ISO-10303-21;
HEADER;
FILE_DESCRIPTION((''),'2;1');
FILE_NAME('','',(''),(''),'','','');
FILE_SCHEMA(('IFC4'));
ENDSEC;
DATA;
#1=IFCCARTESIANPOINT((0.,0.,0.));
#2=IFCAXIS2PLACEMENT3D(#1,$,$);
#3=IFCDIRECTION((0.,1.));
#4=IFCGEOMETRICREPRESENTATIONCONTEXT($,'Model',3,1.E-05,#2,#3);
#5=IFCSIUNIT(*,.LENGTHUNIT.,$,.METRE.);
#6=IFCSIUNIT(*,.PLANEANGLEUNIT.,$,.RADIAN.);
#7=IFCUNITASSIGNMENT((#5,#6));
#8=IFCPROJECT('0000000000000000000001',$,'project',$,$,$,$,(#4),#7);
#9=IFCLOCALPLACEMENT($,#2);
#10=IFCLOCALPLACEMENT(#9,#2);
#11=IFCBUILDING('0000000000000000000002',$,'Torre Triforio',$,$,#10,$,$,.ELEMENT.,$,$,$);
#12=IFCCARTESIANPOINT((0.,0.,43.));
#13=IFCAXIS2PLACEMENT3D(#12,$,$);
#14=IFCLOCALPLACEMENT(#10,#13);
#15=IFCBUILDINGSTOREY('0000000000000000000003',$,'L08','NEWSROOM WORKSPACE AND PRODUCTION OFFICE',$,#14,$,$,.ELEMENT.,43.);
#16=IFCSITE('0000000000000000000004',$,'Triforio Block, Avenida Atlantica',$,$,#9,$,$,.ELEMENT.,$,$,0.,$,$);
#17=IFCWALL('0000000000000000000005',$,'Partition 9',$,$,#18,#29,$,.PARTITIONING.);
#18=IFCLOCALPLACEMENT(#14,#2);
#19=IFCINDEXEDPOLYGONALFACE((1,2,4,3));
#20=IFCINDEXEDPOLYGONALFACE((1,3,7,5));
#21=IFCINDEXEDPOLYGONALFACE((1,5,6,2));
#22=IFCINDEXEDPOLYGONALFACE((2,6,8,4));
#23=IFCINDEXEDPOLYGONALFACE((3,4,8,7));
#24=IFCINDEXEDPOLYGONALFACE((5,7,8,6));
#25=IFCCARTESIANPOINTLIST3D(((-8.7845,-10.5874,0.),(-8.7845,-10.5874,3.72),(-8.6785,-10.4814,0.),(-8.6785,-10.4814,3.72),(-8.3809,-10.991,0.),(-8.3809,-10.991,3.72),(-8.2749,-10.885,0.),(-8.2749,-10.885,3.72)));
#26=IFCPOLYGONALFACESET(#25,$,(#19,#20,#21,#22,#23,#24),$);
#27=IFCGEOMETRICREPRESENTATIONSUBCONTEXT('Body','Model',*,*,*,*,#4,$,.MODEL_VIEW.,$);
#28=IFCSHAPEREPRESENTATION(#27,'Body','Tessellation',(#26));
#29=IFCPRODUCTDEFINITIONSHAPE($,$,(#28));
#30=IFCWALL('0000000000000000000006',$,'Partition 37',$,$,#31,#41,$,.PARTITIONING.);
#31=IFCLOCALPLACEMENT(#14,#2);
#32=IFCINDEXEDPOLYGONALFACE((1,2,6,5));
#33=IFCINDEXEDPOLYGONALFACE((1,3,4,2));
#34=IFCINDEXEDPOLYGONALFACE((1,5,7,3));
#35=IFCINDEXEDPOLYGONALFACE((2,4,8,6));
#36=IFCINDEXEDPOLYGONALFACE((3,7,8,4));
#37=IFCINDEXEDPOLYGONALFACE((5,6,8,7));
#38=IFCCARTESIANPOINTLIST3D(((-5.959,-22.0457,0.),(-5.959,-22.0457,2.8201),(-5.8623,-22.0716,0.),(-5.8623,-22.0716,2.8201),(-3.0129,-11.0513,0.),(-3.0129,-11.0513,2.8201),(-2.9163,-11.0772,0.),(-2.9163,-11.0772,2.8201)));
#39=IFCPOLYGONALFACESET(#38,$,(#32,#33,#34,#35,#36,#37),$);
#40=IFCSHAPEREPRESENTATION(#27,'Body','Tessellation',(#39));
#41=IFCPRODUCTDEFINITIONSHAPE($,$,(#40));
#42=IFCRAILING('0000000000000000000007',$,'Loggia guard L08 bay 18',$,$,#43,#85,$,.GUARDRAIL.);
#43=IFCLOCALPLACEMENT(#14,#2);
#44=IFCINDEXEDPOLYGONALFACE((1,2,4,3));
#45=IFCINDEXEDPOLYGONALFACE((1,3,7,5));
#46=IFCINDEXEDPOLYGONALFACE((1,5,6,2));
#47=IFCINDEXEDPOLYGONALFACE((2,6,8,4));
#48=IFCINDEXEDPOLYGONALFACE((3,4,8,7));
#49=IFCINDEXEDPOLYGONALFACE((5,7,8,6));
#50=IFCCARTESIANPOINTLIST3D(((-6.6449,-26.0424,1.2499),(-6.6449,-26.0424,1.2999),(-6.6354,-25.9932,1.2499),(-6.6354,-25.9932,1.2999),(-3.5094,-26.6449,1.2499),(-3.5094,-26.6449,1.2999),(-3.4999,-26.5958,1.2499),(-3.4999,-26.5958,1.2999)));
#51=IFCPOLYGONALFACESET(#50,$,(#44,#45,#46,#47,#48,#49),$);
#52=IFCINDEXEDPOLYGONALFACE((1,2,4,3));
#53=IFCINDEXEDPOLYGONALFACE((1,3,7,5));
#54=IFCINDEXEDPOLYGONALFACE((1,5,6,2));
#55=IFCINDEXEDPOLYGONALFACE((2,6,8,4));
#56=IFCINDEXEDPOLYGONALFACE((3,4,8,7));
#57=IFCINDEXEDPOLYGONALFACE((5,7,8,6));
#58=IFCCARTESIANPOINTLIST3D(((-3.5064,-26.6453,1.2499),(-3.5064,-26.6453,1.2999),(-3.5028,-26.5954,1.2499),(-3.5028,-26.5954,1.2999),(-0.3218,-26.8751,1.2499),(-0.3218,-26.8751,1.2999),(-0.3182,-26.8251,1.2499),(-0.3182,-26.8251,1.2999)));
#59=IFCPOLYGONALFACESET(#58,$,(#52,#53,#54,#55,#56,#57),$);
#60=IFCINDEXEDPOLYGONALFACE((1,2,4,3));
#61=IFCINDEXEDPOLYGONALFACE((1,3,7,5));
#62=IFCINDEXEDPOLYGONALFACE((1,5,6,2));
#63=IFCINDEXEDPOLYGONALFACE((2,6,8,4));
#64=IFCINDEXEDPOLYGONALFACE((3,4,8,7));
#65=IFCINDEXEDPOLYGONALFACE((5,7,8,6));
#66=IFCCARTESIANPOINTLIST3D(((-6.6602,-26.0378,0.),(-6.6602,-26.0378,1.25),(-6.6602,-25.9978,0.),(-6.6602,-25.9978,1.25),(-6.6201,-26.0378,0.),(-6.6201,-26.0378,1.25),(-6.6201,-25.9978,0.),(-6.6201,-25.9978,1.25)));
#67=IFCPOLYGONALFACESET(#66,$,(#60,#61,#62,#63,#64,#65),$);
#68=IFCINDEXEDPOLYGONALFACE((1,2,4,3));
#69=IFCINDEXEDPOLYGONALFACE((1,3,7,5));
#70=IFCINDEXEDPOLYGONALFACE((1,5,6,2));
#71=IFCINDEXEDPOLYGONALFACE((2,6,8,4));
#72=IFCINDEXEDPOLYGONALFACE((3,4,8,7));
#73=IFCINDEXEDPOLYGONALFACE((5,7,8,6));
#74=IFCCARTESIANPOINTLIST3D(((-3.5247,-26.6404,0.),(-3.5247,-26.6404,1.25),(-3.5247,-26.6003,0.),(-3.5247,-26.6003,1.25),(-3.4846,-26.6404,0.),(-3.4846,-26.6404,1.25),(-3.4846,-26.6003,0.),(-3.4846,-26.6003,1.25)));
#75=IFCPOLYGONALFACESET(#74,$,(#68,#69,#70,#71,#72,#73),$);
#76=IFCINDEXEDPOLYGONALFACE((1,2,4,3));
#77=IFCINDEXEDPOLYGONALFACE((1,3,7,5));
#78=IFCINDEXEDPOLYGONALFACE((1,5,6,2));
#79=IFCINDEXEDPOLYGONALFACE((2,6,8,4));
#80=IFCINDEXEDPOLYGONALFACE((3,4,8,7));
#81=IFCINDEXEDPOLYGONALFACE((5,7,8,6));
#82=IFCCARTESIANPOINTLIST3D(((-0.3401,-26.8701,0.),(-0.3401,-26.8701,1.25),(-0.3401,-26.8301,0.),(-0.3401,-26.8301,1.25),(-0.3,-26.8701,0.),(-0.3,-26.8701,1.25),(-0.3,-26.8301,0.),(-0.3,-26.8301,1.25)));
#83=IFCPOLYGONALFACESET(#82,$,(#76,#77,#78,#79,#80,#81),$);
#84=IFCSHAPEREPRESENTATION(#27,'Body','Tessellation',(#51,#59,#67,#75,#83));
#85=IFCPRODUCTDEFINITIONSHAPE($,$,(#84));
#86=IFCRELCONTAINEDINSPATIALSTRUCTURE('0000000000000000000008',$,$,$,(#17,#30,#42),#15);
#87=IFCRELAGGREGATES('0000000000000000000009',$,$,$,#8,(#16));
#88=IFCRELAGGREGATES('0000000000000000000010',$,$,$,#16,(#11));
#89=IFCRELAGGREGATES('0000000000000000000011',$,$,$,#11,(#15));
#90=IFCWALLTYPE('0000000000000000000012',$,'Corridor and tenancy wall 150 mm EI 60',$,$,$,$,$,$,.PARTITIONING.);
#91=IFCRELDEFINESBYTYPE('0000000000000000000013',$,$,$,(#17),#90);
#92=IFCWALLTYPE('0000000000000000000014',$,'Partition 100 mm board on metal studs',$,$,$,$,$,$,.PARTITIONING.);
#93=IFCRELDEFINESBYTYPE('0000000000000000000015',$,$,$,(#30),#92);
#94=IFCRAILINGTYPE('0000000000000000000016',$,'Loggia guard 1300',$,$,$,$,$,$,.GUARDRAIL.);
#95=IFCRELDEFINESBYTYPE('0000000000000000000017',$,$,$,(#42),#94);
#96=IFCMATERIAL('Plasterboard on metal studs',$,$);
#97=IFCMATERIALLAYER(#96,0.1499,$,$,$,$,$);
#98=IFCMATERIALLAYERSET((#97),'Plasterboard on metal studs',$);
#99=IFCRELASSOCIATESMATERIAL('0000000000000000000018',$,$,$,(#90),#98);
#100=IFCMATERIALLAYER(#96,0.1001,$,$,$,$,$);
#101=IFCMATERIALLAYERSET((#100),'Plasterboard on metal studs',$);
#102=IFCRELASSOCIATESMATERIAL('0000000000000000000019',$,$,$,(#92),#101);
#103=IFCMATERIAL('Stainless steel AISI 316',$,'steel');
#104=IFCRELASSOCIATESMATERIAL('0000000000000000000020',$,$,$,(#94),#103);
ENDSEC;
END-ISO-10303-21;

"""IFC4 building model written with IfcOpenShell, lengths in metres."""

from ifc_helpers import new_model, si_unit, direction, frame, frame_2d, origin, origin_2d, place, context, subcontext, project, spatial, rectangle, extrude, material, layer, layer_set, type_object, element, save


model = new_model("IFC4")

# Units and contexts
model_context = context("Model", 3, precision=1e-05, world=origin(), true_north=direction((0.0, 1.0)))
body_context = subcontext(model_context, "Body", "Model", "MODEL_VIEW")
ifc_project = project(units=[si_unit("LENGTHUNIT", "METRE"), si_unit("PLANEANGLEUNIT", "RADIAN")], contexts=[model_context])

# Site, building, storey
site_placement = place(None, origin())
site = spatial("IfcSite", under=ifc_project, at=site_placement, Name="Triforio Block, Avenida Atlantica", CompositionType="ELEMENT", RefElevation=0.0)
building_placement = place(site_placement, origin())
building = spatial("IfcBuilding", under=site, at=building_placement, Name="Torre Triforio", CompositionType="ELEMENT")
storey_placement = place(building_placement, frame((0.0, 0.0, 43.0)))
storey = spatial("IfcBuildingStorey", under=building, at=storey_placement, Name="L08", Description="NEWSROOM WORKSPACE AND PRODUCTION OFFICE", CompositionType="ELEMENT", Elevation=43.0)

# Shared definitions
ifc_material_1 = material(Name="Plasterboard on metal studs")
ifc_layer_1 = layer(ifc_material_1, 0.1499)
ifc_layer_set_1 = layer_set([ifc_layer_1], Name="Plasterboard on metal studs")
wall_type_1 = type_object("IfcWallType", Name="Corridor and tenancy wall 150 mm EI 60", PredefinedType="PARTITIONING", material=ifc_layer_set_1)

# Walls
wall_1_placement = place(storey_placement, frame((-8.3279, -10.938, 0.0), z_axis=(0.0, 0.0, 1.0), x_axis=(-0.707107, 0.707107, 0.0)))
element("IfcWall", 1, at=wall_1_placement, inside=storey, type_object=wall_type_1, Name="Partition 9", PredefinedType="PARTITIONING", context=body_context, shape_type="SweptSolid", body=[
    extrude(rectangle(XDim=0.5708, YDim=0.1499, at=frame_2d((0.2854, 0.0))), origin(), (0.0, 0.0, 1.0), 3.72),
])
ifc_layer_2 = layer(ifc_material_1, 0.1001)
ifc_layer_set_2 = layer_set([ifc_layer_2], Name="Plasterboard on metal studs")
wall_type_2 = type_object("IfcWallType", Name="Partition 100 mm board on metal studs", PredefinedType="PARTITIONING", material=ifc_layer_set_2)
wall_2_placement = place(storey_placement, frame((-2.9646, -11.0642, 0.0), z_axis=(0.0, 0.0, 1.0), x_axis=(-0.258828, -0.965923, 0.0)))
element("IfcWall", 2, at=wall_2_placement, inside=storey, type_object=wall_type_2, Name="Partition 37", PredefinedType="PARTITIONING", context=body_context, shape_type="SweptSolid", body=[
    extrude(rectangle(XDim=11.3823, YDim=0.1001, at=frame_2d((5.6912, 0.0))), origin(), (0.0, 0.0, 1.0), 2.8201),
])

# Railing
ifc_material_2 = material(Name="Stainless steel AISI 316", Category="steel")
railing_type = type_object("IfcRailingType", Name="Loggia guard 1300", PredefinedType="GUARDRAIL", material=ifc_material_2)
railing_placement = place(storey_placement, frame((-6.6401, -26.0178, 0.0)))
element("IfcRailing", 3, at=railing_placement, inside=storey, type_object=railing_type, Name="Loggia guard L08 bay 18", PredefinedType="GUARDRAIL", context=body_context, shape_type="SweptSolid", body=[
    extrude(rectangle(XDim=0.05, YDim=0.05, at=origin_2d()), frame((0.0, 0.0, 1.2749), z_axis=(0.982032, -0.188714, 0.0), x_axis=(0.188714, 0.982032, 0.0)), (0.0, 0.0, 1.0), 3.1929),
    extrude(rectangle(XDim=0.05, YDim=0.05, at=origin_2d()), frame((3.1355, -0.6025, 1.2749), z_axis=(0.997408, -0.071953, 0.0), x_axis=(0.071953, 0.997408, 0.0)), (0.0, 0.0, 1.0), 3.1929),
    extrude(rectangle(XDim=0.04, YDim=0.04, at=origin_2d()), origin(), (0.0, 0.0, 1.0), 1.25),
    extrude(rectangle(XDim=0.04, YDim=0.04, at=origin_2d()), frame((3.1355, -0.6025, 0.0)), (0.0, 0.0, 1.0), 1.25),
    extrude(rectangle(XDim=0.04, YDim=0.04, at=origin_2d()), frame((6.3201, -0.8323, 0.0)), (0.0, 0.0, 1.0), 1.25),
])

save(model, "model.ifc")
